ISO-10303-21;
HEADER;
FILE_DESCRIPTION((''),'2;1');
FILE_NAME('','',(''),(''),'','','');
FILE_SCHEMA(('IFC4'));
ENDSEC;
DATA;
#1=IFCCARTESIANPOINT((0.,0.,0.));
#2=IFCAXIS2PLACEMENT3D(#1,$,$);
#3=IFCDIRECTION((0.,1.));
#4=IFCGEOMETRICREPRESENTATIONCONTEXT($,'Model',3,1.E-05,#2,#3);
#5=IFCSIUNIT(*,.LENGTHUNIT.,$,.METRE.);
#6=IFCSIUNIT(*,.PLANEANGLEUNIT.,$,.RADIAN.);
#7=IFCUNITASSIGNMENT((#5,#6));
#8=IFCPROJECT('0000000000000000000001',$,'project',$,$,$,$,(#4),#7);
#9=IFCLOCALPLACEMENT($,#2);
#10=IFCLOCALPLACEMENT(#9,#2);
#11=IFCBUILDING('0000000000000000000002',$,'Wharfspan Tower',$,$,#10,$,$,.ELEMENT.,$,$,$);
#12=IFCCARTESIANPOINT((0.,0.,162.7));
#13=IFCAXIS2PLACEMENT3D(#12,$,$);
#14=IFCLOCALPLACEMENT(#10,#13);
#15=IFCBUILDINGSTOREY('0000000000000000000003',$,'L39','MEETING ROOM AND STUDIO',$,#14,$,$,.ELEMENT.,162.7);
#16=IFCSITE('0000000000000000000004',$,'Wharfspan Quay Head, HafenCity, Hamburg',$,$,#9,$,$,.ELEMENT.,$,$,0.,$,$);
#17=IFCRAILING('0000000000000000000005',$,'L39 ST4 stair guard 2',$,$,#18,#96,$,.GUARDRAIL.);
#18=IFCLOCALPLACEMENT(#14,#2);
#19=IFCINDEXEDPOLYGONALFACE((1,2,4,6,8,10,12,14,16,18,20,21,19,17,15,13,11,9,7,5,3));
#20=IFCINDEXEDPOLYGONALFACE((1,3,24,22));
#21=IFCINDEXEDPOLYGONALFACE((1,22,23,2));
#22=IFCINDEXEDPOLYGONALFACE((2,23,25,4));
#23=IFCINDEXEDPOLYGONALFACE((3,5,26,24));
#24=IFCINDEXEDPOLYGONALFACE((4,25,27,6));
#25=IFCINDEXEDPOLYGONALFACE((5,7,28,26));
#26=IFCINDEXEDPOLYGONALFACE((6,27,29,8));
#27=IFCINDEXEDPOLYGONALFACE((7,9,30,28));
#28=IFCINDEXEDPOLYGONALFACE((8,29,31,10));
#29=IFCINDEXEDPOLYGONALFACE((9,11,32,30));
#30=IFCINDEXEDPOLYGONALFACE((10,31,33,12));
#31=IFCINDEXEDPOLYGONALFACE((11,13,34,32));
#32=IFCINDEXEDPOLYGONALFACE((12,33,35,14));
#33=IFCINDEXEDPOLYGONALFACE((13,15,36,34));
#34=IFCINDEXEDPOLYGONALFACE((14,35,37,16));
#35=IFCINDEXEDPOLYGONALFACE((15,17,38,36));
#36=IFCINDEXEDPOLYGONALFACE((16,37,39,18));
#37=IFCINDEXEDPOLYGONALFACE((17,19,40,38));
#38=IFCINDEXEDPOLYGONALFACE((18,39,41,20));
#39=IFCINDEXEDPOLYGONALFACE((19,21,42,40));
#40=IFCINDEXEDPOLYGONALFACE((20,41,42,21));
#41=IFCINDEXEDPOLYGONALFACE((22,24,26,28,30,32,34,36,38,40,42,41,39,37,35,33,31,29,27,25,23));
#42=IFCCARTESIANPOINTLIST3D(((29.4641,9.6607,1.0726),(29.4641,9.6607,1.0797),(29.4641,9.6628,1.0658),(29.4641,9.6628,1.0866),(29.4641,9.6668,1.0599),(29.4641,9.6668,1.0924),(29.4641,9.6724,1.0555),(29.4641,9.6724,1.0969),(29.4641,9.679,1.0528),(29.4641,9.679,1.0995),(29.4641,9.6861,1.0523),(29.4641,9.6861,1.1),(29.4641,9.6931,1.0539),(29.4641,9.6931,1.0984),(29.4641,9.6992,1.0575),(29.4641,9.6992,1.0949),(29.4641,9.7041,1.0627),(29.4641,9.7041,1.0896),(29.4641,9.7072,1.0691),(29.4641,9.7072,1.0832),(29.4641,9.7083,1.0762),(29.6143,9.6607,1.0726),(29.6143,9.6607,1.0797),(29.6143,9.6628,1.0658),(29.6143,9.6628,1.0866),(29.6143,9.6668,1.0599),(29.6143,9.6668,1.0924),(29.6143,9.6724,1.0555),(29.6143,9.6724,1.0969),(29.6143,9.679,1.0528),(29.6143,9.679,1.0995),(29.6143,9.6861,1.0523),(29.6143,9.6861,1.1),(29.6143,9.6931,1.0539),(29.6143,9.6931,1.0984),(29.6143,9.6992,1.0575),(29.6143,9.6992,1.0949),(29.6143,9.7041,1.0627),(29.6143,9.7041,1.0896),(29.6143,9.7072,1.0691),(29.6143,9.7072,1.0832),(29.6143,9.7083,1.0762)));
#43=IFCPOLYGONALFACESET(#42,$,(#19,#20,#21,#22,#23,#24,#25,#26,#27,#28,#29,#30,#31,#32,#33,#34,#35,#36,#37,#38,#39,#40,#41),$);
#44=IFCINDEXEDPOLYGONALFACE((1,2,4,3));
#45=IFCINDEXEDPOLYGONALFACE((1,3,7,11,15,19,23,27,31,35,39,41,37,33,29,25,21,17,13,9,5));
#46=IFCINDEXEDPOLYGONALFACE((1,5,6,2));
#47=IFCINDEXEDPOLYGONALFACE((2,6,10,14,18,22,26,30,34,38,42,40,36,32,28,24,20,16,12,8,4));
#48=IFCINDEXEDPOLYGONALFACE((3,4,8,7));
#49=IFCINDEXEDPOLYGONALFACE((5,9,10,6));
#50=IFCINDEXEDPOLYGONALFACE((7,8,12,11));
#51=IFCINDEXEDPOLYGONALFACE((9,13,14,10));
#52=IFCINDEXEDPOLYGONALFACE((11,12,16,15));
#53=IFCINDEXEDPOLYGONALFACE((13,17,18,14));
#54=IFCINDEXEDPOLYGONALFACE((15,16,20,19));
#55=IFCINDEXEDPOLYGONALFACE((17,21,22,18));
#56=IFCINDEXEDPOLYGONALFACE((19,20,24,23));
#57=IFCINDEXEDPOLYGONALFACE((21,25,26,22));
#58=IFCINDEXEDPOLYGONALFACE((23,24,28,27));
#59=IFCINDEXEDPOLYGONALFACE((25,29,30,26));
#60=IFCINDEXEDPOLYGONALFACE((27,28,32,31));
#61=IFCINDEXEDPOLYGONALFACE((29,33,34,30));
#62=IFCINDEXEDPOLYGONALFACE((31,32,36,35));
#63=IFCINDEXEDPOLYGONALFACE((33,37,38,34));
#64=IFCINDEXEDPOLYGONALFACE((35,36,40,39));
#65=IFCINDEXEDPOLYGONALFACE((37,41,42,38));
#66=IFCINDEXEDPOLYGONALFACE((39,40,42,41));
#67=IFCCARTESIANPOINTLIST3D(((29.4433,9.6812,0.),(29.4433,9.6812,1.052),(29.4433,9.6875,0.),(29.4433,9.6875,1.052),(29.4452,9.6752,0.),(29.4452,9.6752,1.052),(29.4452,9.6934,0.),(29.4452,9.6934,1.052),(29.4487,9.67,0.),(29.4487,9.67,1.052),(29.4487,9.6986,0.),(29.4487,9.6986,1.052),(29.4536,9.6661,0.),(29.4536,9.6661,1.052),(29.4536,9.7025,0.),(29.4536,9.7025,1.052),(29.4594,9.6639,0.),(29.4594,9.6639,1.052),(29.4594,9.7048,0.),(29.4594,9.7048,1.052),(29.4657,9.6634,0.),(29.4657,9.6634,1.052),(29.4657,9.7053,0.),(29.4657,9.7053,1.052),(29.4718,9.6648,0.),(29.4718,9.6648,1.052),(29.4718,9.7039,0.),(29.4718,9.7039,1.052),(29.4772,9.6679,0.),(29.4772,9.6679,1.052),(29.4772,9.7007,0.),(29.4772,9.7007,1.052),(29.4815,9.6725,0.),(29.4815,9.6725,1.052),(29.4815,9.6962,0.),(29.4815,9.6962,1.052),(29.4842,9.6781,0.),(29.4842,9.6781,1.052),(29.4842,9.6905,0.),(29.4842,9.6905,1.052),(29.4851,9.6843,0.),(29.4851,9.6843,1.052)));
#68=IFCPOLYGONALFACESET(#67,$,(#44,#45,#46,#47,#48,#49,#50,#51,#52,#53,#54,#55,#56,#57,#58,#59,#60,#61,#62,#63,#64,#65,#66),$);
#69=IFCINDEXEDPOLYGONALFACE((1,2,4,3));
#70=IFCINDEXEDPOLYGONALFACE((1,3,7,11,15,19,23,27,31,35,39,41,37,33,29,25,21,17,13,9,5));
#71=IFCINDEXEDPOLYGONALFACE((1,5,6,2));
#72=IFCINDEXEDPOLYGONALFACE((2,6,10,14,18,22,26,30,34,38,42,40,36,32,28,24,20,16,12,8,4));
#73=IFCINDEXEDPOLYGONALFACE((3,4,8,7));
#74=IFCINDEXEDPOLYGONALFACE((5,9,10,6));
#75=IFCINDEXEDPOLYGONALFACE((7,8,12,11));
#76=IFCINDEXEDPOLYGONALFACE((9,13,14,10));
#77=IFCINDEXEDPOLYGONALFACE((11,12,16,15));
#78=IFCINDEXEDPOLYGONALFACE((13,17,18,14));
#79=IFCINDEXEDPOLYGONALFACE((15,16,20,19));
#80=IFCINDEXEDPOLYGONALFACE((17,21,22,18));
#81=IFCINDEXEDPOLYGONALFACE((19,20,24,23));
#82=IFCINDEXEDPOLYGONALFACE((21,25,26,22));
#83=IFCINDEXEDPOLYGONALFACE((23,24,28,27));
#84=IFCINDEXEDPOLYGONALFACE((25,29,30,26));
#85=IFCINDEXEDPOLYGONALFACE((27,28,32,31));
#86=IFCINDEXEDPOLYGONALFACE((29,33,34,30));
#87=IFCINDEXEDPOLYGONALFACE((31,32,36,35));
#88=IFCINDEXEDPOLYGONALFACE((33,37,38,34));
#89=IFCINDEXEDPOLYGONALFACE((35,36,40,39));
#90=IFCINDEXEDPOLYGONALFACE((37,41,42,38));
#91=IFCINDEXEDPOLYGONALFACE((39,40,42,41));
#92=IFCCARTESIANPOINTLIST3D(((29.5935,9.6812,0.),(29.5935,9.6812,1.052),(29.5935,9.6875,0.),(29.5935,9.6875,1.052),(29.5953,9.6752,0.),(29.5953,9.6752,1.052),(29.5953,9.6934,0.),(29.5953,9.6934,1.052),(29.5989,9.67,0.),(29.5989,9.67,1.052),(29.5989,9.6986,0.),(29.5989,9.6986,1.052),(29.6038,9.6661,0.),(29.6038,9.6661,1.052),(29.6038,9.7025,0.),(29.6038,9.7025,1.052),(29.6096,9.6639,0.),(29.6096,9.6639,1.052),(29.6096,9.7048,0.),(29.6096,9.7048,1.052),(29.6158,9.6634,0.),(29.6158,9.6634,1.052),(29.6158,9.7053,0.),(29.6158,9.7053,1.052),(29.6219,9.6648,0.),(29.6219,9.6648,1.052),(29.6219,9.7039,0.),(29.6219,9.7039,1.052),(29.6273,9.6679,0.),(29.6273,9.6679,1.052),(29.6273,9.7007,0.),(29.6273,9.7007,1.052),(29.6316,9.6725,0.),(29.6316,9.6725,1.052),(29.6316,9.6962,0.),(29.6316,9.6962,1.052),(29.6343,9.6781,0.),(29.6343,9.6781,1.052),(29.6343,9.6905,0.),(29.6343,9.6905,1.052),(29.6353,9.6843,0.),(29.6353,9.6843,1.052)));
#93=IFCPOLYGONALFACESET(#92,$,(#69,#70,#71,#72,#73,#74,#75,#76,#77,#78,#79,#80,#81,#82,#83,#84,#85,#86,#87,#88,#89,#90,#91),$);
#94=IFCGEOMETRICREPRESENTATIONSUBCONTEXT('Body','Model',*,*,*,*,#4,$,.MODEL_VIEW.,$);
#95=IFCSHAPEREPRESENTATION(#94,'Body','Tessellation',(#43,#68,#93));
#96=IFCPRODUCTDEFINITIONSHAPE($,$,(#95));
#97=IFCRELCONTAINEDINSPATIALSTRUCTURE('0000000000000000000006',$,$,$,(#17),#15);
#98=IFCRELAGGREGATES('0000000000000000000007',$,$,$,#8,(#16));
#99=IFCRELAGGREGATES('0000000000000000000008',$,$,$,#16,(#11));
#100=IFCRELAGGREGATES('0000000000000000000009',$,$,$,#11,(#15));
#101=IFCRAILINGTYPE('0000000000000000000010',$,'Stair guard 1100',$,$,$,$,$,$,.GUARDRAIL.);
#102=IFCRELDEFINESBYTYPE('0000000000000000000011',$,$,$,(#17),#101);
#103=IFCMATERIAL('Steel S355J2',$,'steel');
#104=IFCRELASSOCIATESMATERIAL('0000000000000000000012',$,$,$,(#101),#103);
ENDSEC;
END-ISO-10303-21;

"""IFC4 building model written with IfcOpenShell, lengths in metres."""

from ifc_helpers import new_model, si_unit, direction, frame, origin, origin_2d, place, context, subcontext, project, spatial, circle, extrude, material, type_object, element, save


model = new_model("IFC4")

# Units and contexts
model_context = context("Model", 3, precision=1e-05, world=origin(), true_north=direction((0.0, 1.0)))
body_context = subcontext(model_context, "Body", "Model", "MODEL_VIEW")
ifc_project = project(units=[si_unit("LENGTHUNIT", "METRE"), si_unit("PLANEANGLEUNIT", "RADIAN")], contexts=[model_context])

# Site, building, storey
site_placement = place(None, origin())
site = spatial("IfcSite", under=ifc_project, at=site_placement, Name="Wharfspan Quay Head, HafenCity, Hamburg", CompositionType="ELEMENT", RefElevation=0.0)
building_placement = place(site_placement, origin())
building = spatial("IfcBuilding", under=site, at=building_placement, Name="Wharfspan Tower", CompositionType="ELEMENT")
storey_placement = place(building_placement, frame((0.0, 0.0, 162.7)))
storey = spatial("IfcBuildingStorey", under=building, at=storey_placement, Name="L39", Description="MEETING ROOM AND STUDIO", CompositionType="ELEMENT", Elevation=162.7)

# Shared definitions
ifc_material_1 = material(Name="Steel S355J2", Category="steel")

# Railing
railing_type_1 = type_object("IfcRailingType", Name="Stair guard 1100", PredefinedType="GUARDRAIL", material=ifc_material_1)
railing_1_placement = place(storey_placement, frame((29.4641, 9.6843, 0.0)))
element("IfcRailing", 1, at=railing_1_placement, inside=storey, type_object=railing_type_1, Name="L39 ST4 stair guard 2", PredefinedType="GUARDRAIL", context=body_context, shape_type="SweptSolid", body=[
    extrude(circle(Radius=0.0239, at=origin_2d()), frame((0.0, 0.0, 1.0762), z_axis=(1.0, 0.0, 0.0), x_axis=(0.0, 1.0, 0.0)), (0.0, 0.0, 1.0), 0.1501),
    extrude(circle(Radius=0.021, at=origin_2d()), origin(), (0.0, 0.0, 1.0), 1.052),
    extrude(circle(Radius=0.021, at=origin_2d()), frame((0.1501, 0.0, 0.0)), (0.0, 0.0, 1.0), 1.052),
])

save(model, "model.ifc")
